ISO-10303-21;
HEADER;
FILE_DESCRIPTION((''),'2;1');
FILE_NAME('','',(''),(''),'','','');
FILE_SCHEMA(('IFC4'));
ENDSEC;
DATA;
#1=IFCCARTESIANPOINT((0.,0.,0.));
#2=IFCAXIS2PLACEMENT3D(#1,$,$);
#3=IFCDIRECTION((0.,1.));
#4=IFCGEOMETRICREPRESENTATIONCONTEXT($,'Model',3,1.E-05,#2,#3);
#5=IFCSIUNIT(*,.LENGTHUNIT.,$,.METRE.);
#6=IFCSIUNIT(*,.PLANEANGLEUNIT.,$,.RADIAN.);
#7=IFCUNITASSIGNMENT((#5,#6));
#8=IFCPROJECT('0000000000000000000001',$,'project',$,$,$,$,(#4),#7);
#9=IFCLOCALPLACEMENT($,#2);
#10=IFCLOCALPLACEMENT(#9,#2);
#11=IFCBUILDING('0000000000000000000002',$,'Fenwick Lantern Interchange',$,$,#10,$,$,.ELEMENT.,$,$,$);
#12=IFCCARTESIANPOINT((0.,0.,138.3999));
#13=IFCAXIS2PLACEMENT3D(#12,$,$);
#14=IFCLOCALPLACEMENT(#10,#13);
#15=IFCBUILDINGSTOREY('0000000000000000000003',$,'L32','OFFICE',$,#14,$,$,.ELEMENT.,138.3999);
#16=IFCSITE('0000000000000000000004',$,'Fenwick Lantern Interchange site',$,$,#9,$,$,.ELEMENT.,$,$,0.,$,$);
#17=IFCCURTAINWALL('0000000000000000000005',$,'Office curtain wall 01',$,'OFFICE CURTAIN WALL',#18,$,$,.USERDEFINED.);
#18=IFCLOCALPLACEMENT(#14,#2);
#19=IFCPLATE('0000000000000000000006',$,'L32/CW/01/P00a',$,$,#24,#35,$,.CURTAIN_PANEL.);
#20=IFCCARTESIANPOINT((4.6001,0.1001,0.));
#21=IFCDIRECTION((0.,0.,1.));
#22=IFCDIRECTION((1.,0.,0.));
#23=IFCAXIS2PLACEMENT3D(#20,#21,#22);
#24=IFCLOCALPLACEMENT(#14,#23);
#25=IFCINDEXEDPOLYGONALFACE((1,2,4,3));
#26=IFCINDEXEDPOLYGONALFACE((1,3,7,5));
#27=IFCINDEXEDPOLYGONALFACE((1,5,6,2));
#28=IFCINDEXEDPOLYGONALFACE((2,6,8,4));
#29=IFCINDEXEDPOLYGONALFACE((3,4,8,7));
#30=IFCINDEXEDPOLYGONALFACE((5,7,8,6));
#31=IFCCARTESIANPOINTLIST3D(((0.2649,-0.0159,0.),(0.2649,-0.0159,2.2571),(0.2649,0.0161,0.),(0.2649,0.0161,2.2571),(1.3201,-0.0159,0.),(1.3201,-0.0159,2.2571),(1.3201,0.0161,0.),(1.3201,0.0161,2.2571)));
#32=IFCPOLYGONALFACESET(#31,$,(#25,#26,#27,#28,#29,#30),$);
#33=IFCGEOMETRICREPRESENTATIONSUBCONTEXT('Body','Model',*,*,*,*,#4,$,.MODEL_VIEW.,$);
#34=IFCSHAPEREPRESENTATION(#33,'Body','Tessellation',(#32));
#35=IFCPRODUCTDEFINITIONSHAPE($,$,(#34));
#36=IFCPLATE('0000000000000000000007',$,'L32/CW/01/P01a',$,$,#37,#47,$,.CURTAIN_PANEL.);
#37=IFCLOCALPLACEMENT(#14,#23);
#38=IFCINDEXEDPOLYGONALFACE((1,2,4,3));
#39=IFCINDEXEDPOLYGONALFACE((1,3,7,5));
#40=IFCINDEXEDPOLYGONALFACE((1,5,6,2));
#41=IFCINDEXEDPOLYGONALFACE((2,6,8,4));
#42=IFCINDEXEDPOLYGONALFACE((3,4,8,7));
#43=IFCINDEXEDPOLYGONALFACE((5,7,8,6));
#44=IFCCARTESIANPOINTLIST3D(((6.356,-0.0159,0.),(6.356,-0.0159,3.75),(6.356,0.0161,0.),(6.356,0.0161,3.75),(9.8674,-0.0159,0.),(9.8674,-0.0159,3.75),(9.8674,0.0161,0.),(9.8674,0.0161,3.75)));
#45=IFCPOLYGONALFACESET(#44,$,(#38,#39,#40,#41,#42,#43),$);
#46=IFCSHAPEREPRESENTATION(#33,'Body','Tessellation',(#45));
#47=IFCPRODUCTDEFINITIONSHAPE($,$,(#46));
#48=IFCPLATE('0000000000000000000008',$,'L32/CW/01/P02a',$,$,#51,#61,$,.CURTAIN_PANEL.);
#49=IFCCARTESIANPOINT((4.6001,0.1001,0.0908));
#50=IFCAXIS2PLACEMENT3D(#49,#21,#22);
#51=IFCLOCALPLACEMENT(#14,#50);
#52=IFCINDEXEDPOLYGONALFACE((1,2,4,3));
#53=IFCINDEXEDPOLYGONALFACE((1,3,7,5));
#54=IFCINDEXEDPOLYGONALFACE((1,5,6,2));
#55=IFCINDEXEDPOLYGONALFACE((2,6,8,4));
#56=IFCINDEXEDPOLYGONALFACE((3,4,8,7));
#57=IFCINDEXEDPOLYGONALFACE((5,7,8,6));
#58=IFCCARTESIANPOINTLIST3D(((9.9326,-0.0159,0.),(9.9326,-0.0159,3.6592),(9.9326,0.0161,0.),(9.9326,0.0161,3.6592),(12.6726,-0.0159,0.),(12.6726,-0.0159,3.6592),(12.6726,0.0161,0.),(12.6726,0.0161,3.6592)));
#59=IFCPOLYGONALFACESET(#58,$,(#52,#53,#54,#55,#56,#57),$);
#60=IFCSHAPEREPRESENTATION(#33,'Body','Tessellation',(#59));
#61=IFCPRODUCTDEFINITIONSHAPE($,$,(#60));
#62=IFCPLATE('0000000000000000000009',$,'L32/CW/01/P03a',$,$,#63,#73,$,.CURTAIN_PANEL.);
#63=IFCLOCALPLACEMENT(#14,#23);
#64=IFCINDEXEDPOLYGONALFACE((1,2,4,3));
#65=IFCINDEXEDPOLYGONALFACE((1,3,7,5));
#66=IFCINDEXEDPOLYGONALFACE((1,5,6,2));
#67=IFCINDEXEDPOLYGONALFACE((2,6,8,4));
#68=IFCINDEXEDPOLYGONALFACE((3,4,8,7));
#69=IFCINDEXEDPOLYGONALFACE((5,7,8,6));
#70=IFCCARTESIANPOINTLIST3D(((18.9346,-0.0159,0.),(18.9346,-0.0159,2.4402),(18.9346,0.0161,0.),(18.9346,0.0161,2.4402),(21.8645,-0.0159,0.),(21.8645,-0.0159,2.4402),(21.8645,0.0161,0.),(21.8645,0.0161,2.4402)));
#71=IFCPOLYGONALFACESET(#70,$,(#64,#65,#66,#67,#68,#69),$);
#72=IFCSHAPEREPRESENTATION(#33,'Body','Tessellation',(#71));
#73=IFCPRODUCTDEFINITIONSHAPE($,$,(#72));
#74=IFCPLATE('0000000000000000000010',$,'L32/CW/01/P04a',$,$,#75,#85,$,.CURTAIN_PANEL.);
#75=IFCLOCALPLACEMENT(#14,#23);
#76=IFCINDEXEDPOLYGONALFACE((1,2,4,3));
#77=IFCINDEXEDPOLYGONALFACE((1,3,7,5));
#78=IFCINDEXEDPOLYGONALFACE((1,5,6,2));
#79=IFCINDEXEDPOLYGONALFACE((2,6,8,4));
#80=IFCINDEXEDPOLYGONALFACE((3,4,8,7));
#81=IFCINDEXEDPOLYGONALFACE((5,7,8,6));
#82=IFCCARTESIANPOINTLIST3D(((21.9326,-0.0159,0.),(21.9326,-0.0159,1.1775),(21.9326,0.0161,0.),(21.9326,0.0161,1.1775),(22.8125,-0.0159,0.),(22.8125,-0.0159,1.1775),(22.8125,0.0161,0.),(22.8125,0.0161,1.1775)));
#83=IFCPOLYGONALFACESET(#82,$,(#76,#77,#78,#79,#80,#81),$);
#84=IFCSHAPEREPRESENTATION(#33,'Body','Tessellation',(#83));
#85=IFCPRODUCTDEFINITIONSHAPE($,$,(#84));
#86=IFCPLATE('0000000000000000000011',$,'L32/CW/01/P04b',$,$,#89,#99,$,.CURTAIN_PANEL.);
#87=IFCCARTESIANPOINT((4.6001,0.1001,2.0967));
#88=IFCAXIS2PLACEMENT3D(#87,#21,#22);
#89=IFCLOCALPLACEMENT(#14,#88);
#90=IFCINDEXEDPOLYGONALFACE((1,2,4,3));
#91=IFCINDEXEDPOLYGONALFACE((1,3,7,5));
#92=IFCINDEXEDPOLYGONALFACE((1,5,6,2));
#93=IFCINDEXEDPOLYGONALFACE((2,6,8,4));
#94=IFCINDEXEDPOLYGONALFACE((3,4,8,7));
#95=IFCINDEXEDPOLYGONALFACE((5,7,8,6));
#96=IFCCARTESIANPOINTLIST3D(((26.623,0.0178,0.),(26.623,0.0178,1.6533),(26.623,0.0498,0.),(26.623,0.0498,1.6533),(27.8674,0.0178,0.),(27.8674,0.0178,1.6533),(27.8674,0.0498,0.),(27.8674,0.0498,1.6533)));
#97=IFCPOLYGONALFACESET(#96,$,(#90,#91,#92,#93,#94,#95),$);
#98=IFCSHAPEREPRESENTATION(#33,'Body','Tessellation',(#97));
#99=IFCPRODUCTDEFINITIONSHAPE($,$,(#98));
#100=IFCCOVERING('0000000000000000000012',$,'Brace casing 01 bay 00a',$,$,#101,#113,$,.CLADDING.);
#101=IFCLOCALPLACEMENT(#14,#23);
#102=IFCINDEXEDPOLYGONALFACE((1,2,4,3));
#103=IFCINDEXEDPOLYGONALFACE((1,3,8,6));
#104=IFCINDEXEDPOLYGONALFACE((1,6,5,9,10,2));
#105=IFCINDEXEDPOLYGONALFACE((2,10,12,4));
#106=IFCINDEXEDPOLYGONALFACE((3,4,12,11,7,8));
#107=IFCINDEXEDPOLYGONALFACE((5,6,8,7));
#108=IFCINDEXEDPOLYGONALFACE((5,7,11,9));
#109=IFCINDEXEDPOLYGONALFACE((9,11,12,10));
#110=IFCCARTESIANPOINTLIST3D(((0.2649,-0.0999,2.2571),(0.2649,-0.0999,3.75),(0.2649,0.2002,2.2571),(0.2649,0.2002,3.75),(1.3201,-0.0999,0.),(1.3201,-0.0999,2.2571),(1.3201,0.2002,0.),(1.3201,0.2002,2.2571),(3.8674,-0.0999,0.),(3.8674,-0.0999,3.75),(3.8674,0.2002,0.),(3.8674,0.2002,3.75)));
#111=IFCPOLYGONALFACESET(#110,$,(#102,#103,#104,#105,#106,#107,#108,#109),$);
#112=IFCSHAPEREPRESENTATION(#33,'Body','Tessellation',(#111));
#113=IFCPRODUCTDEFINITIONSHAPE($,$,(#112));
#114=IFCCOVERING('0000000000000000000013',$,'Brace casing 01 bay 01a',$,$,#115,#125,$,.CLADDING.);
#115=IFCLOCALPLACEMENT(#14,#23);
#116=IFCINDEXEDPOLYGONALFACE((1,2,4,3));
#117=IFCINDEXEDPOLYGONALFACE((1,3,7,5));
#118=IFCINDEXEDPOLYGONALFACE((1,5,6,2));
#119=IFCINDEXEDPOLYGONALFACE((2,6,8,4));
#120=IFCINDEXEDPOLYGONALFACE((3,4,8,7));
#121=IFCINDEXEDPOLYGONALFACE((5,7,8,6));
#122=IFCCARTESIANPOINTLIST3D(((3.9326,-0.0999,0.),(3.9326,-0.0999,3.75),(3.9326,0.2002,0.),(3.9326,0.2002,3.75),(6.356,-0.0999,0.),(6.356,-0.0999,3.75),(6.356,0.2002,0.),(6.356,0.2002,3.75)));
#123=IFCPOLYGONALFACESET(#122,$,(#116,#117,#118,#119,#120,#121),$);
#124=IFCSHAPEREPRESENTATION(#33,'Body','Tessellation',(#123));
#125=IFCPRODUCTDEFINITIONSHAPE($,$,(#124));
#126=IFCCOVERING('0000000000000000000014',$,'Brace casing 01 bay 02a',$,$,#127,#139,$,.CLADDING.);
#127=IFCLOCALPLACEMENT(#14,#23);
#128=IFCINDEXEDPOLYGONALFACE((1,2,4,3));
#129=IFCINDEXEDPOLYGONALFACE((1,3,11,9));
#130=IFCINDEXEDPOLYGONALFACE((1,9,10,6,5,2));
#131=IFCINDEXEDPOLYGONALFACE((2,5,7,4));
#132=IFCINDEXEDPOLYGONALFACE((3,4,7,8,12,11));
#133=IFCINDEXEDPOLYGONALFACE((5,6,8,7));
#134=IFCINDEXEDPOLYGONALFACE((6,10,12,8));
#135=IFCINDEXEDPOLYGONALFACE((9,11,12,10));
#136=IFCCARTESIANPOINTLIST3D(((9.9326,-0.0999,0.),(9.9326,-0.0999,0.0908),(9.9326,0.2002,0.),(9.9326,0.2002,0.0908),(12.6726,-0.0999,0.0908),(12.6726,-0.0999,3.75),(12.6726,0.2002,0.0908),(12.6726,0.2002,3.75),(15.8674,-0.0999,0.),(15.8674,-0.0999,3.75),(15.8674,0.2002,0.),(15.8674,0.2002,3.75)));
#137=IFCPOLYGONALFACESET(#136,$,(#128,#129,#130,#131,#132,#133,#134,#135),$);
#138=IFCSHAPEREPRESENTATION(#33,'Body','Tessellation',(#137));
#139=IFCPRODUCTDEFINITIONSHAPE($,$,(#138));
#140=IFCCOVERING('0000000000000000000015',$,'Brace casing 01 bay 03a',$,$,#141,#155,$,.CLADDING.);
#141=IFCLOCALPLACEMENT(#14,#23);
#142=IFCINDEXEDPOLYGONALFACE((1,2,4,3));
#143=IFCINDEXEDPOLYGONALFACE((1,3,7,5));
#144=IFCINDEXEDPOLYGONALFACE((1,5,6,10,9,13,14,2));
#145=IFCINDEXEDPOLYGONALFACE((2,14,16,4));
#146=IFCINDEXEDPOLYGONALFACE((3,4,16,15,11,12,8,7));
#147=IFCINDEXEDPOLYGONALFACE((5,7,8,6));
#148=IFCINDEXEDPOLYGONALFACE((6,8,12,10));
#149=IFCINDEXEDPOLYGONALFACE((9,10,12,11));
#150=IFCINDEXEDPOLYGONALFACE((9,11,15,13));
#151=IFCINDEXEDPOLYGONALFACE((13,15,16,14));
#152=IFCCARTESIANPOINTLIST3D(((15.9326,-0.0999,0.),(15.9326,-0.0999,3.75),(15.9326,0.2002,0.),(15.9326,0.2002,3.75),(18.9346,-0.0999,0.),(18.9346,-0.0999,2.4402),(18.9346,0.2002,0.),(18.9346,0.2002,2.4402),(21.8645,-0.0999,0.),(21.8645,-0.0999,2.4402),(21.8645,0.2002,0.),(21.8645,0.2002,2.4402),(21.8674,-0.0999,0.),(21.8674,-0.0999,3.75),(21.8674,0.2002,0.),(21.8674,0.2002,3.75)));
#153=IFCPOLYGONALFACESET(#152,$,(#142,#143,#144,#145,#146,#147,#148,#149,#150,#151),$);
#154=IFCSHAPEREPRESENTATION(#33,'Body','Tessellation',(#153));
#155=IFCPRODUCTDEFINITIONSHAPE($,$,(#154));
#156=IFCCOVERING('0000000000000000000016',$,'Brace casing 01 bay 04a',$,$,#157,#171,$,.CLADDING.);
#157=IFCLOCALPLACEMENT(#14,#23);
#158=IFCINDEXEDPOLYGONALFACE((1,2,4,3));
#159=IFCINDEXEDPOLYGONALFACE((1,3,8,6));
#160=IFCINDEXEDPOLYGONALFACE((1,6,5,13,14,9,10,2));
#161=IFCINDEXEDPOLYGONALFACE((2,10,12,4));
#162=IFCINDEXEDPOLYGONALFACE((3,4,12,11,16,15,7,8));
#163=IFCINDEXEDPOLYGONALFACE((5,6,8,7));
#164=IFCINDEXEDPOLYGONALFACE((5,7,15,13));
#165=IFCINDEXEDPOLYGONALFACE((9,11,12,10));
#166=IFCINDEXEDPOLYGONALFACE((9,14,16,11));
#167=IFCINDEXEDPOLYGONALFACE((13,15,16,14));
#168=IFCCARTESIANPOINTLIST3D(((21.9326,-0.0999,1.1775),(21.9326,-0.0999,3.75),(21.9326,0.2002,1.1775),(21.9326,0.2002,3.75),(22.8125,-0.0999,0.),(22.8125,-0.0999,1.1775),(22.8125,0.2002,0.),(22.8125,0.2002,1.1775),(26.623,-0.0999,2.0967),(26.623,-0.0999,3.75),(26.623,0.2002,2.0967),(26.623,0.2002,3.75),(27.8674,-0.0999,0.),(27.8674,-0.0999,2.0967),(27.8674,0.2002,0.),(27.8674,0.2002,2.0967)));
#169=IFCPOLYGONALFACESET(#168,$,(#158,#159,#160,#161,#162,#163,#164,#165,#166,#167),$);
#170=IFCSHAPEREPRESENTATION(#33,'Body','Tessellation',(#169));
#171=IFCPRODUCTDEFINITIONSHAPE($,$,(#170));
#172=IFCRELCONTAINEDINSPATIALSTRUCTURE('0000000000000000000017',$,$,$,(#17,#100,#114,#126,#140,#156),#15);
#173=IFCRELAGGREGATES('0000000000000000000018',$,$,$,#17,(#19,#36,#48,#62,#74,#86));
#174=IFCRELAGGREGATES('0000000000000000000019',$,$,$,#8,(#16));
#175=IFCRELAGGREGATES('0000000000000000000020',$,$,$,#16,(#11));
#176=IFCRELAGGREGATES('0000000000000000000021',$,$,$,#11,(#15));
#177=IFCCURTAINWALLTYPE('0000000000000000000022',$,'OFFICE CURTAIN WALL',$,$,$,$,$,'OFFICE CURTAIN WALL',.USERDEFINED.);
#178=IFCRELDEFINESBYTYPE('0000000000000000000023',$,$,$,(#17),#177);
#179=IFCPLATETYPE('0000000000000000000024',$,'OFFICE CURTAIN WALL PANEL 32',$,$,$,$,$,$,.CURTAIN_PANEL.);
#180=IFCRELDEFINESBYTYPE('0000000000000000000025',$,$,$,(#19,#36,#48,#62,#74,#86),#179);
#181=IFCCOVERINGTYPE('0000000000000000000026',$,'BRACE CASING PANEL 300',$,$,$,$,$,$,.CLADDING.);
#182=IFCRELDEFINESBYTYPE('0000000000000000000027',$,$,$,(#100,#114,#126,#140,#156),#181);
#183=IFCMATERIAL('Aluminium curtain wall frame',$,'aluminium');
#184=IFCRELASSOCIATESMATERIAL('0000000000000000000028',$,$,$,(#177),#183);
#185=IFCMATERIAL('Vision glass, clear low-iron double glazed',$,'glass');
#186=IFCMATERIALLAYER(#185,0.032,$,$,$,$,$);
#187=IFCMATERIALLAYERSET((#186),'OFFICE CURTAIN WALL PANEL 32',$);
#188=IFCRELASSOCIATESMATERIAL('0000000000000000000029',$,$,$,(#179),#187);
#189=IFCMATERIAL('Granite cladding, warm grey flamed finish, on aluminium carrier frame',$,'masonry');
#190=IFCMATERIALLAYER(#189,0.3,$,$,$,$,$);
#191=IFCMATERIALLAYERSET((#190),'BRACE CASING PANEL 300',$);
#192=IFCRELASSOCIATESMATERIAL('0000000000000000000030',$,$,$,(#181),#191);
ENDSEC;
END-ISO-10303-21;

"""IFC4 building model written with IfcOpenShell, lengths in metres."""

from ifc_helpers import new_model, si_unit, direction, frame, origin, place, context, subcontext, project, spatial, polyline, outline, extrude, material, layer, layer_set, type_object, element, aggregate, save


model = new_model("IFC4")

# Units and contexts
model_context = context("Model", 3, precision=1e-05, world=origin(), true_north=direction((0.0, 1.0)))
body_context = subcontext(model_context, "Body", "Model", "MODEL_VIEW")
ifc_project = project(units=[si_unit("LENGTHUNIT", "METRE"), si_unit("PLANEANGLEUNIT", "RADIAN")], contexts=[model_context])

# Site, building, storey
site_placement = place(None, origin())
site = spatial("IfcSite", under=ifc_project, at=site_placement, Name="Fenwick Lantern Interchange site", CompositionType="ELEMENT", RefElevation=0.0)
building_placement = place(site_placement, origin())
building = spatial("IfcBuilding", under=site, at=building_placement, Name="Fenwick Lantern Interchange", CompositionType="ELEMENT")
storey_placement = place(building_placement, frame((0.0, 0.0, 138.3999)))
storey = spatial("IfcBuildingStorey", under=building, at=storey_placement, Name="L32", Description="OFFICE", CompositionType="ELEMENT", Elevation=138.3999)

# Shared definitions
ifc_material_1 = material(Name="Aluminium curtain wall frame", Category="aluminium")
curtain_wall_type = type_object("IfcCurtainWallType", Name="OFFICE CURTAIN WALL", ElementType="OFFICE CURTAIN WALL", PredefinedType="USERDEFINED", material=ifc_material_1)

# Curtain wall, plates
curtain_wall_1_placement = place(storey_placement, origin())
curtain_wall_1 = element("IfcCurtainWall", 1, at=curtain_wall_1_placement, inside=storey, type_object=curtain_wall_type, Name="Office curtain wall 01", ObjectType="OFFICE CURTAIN WALL", PredefinedType="USERDEFINED")
ifc_material_2 = material(Name="Vision glass, clear low-iron double glazed", Category="glass")
ifc_layer_1 = layer(ifc_material_2, 0.032)
ifc_layer_set_1 = layer_set([ifc_layer_1], Name="OFFICE CURTAIN WALL PANEL 32")
plate_type = type_object("IfcPlateType", Name="OFFICE CURTAIN WALL PANEL 32", PredefinedType="CURTAIN_PANEL", material=ifc_layer_set_1)
plate_1_placement = place(storey_placement, frame((4.6001, 0.1001, 0.0), z_axis=(0.0, 0.0, 1.0), x_axis=(1.0, 0.0, 0.0)))
plate_1 = element("IfcPlate", 2, at=plate_1_placement, type_object=plate_type, Name="L32/CW/01/P00a", PredefinedType="CURTAIN_PANEL", context=body_context, shape_type="SweptSolid", body=[
    extrude(outline(polyline([(0.2649, 0.0), (1.3201, 0.0), (1.3201, 2.2571), (0.2649, 2.2571), (0.2649, 0.0)])), frame((0.0, 0.0161, 0.0), z_axis=(0.0, -1.0, 0.0), x_axis=(1.0, 0.0, 0.0)), (0.0, 0.0, 1.0), 0.032),
])
plate_2_placement = place(storey_placement, frame((4.6001, 0.1001, 0.0), z_axis=(0.0, 0.0, 1.0), x_axis=(1.0, 0.0, 0.0)))
plate_2 = element("IfcPlate", 3, at=plate_2_placement, type_object=plate_type, Name="L32/CW/01/P01a", PredefinedType="CURTAIN_PANEL", context=body_context, shape_type="SweptSolid", body=[
    extrude(outline(polyline([(6.356, 0.0), (9.8674, 0.0), (9.8674, 3.75), (6.356, 3.75), (6.356, 0.0)])), frame((0.0, 0.0161, 0.0), z_axis=(0.0, -1.0, 0.0), x_axis=(1.0, 0.0, 0.0)), (0.0, 0.0, 1.0), 0.032),
])
plate_3_placement = place(storey_placement, frame((4.6001, 0.1001, 0.0908), z_axis=(0.0, 0.0, 1.0), x_axis=(1.0, 0.0, 0.0)))
plate_3 = element("IfcPlate", 4, at=plate_3_placement, type_object=plate_type, Name="L32/CW/01/P02a", PredefinedType="CURTAIN_PANEL", context=body_context, shape_type="SweptSolid", body=[
    extrude(outline(polyline([(9.9326, 0.0), (12.6726, 0.0), (12.6726, 3.6592), (9.9326, 3.6592), (9.9326, 0.0)])), frame((0.0, 0.0161, 0.0), z_axis=(0.0, -1.0, 0.0), x_axis=(1.0, 0.0, 0.0)), (0.0, 0.0, 1.0), 0.032),
])
plate_4_placement = place(storey_placement, frame((4.6001, 0.1001, 0.0), z_axis=(0.0, 0.0, 1.0), x_axis=(1.0, 0.0, 0.0)))
plate_4 = element("IfcPlate", 5, at=plate_4_placement, type_object=plate_type, Name="L32/CW/01/P03a", PredefinedType="CURTAIN_PANEL", context=body_context, shape_type="SweptSolid", body=[
    extrude(outline(polyline([(18.9346, 0.0), (21.8645, 0.0), (21.8645, 2.4402), (18.9346, 2.4402), (18.9346, 0.0)])), frame((0.0, 0.0161, 0.0), z_axis=(0.0, -1.0, 0.0), x_axis=(1.0, 0.0, 0.0)), (0.0, 0.0, 1.0), 0.032),
])
plate_5_placement = place(storey_placement, frame((4.6001, 0.1001, 0.0), z_axis=(0.0, 0.0, 1.0), x_axis=(1.0, 0.0, 0.0)))
plate_5 = element("IfcPlate", 6, at=plate_5_placement, type_object=plate_type, Name="L32/CW/01/P04a", PredefinedType="CURTAIN_PANEL", context=body_context, shape_type="SweptSolid", body=[
    extrude(outline(polyline([(21.9326, 0.0), (22.8125, 0.0), (22.8125, 1.1775), (21.9326, 1.1775), (21.9326, 0.0)])), frame((0.0, 0.0161, 0.0), z_axis=(0.0, -1.0, 0.0), x_axis=(1.0, 0.0, 0.0)), (0.0, 0.0, 1.0), 0.032),
])
plate_6_placement = place(storey_placement, frame((4.6001, 0.1001, 2.0967), z_axis=(0.0, 0.0, 1.0), x_axis=(1.0, 0.0, 0.0)))
plate_6 = element("IfcPlate", 7, at=plate_6_placement, type_object=plate_type, Name="L32/CW/01/P04b", PredefinedType="CURTAIN_PANEL", context=body_context, shape_type="SweptSolid", body=[
    extrude(outline(polyline([(26.623, 0.0), (27.8674, 0.0), (27.8674, 1.6533), (26.623, 1.6533), (26.623, 0.0)])), frame((0.0, 0.0498, 0.0), z_axis=(0.0, -1.0, 0.0), x_axis=(1.0, 0.0, 0.0)), (0.0, 0.0, 1.0), 0.032),
])
aggregate(curtain_wall_1, [plate_1, plate_2, plate_3, plate_4, plate_5, plate_6])

# Coverings
ifc_material_3 = material(Name="Granite cladding, warm grey flamed finish, on aluminium carrier frame", Category="masonry")
ifc_layer_2 = layer(ifc_material_3, 0.3)
ifc_layer_set_2 = layer_set([ifc_layer_2], Name="BRACE CASING PANEL 300")
covering_type_1 = type_object("IfcCoveringType", Name="BRACE CASING PANEL 300", PredefinedType="CLADDING", material=ifc_layer_set_2)
covering_1_placement = place(storey_placement, frame((4.6001, 0.1001, 0.0), z_axis=(0.0, 0.0, 1.0), x_axis=(1.0, 0.0, 0.0)))
element("IfcCovering", 8, at=covering_1_placement, inside=storey, type_object=covering_type_1, Name="Brace casing 01 bay 00a", PredefinedType="CLADDING", context=body_context, shape_type="SweptSolid", body=[
    extrude(outline(polyline([(1.3201, 0.0), (3.8674, 0.0), (3.8674, 3.75), (0.2649, 3.75), (0.2649, 2.2571), (1.3201, 2.2571), (1.3201, 0.0)])), frame((0.0, 0.2002, 0.0), z_axis=(0.0, -1.0, 0.0), x_axis=(1.0, 0.0, 0.0)), (0.0, 0.0, 1.0), 0.3),
])
covering_2_placement = place(storey_placement, frame((4.6001, 0.1001, 0.0), z_axis=(0.0, 0.0, 1.0), x_axis=(1.0, 0.0, 0.0)))
element("IfcCovering", 9, at=covering_2_placement, inside=storey, type_object=covering_type_1, Name="Brace casing 01 bay 01a", PredefinedType="CLADDING", context=body_context, shape_type="SweptSolid", body=[
    extrude(outline(polyline([(3.9326, 0.0), (6.356, 0.0), (6.356, 3.75), (3.9326, 3.75), (3.9326, 0.0)])), frame((0.0, 0.2002, 0.0), z_axis=(0.0, -1.0, 0.0), x_axis=(1.0, 0.0, 0.0)), (0.0, 0.0, 1.0), 0.3),
])
covering_3_placement = place(storey_placement, frame((4.6001, 0.1001, 0.0), z_axis=(0.0, 0.0, 1.0), x_axis=(1.0, 0.0, 0.0)))
element("IfcCovering", 10, at=covering_3_placement, inside=storey, type_object=covering_type_1, Name="Brace casing 01 bay 02a", PredefinedType="CLADDING", context=body_context, shape_type="SweptSolid", body=[
    extrude(outline(polyline([(9.9326, 0.0), (15.8674, 0.0), (15.8674, 3.75), (12.6726, 3.75), (12.6726, 0.0908), (9.9326, 0.0908), (9.9326, 0.0)])), frame((0.0, 0.2002, 0.0), z_axis=(0.0, -1.0, 0.0), x_axis=(1.0, 0.0, 0.0)), (0.0, 0.0, 1.0), 0.3),
])
covering_4_placement = place(storey_placement, frame((4.6001, 0.1001, 0.0), z_axis=(0.0, 0.0, 1.0), x_axis=(1.0, 0.0, 0.0)))
element("IfcCovering", 11, at=covering_4_placement, inside=storey, type_object=covering_type_1, Name="Brace casing 01 bay 03a", PredefinedType="CLADDING", context=body_context, shape_type="SweptSolid", body=[
    extrude(outline(polyline([(15.9326, 0.0), (18.9346, 0.0), (18.9346, 2.4402), (21.8645, 2.4402), (21.8645, 0.0), (21.8674, 0.0), (21.8674, 3.75), (15.9326, 3.75), (15.9326, 0.0)])), frame((0.0, 0.2002, 0.0), z_axis=(0.0, -1.0, 0.0), x_axis=(1.0, 0.0, 0.0)), (0.0, 0.0, 1.0), 0.3),
])
covering_5_placement = place(storey_placement, frame((4.6001, 0.1001, 0.0), z_axis=(0.0, 0.0, 1.0), x_axis=(1.0, 0.0, 0.0)))
element("IfcCovering", 12, at=covering_5_placement, inside=storey, type_object=covering_type_1, Name="Brace casing 01 bay 04a", PredefinedType="CLADDING", context=body_context, shape_type="SweptSolid", body=[
    extrude(outline(polyline([(22.8125, 0.0), (27.8674, 0.0), (27.8674, 2.0967), (26.623, 2.0967), (26.623, 3.75), (21.9326, 3.75), (21.9326, 1.1775), (22.8125, 1.1775), (22.8125, 0.0)])), frame((0.0, 0.2002, 0.0), z_axis=(0.0, -1.0, 0.0), x_axis=(1.0, 0.0, 0.0)), (0.0, 0.0, 1.0), 0.3),
])

save(model, "model.ifc")
